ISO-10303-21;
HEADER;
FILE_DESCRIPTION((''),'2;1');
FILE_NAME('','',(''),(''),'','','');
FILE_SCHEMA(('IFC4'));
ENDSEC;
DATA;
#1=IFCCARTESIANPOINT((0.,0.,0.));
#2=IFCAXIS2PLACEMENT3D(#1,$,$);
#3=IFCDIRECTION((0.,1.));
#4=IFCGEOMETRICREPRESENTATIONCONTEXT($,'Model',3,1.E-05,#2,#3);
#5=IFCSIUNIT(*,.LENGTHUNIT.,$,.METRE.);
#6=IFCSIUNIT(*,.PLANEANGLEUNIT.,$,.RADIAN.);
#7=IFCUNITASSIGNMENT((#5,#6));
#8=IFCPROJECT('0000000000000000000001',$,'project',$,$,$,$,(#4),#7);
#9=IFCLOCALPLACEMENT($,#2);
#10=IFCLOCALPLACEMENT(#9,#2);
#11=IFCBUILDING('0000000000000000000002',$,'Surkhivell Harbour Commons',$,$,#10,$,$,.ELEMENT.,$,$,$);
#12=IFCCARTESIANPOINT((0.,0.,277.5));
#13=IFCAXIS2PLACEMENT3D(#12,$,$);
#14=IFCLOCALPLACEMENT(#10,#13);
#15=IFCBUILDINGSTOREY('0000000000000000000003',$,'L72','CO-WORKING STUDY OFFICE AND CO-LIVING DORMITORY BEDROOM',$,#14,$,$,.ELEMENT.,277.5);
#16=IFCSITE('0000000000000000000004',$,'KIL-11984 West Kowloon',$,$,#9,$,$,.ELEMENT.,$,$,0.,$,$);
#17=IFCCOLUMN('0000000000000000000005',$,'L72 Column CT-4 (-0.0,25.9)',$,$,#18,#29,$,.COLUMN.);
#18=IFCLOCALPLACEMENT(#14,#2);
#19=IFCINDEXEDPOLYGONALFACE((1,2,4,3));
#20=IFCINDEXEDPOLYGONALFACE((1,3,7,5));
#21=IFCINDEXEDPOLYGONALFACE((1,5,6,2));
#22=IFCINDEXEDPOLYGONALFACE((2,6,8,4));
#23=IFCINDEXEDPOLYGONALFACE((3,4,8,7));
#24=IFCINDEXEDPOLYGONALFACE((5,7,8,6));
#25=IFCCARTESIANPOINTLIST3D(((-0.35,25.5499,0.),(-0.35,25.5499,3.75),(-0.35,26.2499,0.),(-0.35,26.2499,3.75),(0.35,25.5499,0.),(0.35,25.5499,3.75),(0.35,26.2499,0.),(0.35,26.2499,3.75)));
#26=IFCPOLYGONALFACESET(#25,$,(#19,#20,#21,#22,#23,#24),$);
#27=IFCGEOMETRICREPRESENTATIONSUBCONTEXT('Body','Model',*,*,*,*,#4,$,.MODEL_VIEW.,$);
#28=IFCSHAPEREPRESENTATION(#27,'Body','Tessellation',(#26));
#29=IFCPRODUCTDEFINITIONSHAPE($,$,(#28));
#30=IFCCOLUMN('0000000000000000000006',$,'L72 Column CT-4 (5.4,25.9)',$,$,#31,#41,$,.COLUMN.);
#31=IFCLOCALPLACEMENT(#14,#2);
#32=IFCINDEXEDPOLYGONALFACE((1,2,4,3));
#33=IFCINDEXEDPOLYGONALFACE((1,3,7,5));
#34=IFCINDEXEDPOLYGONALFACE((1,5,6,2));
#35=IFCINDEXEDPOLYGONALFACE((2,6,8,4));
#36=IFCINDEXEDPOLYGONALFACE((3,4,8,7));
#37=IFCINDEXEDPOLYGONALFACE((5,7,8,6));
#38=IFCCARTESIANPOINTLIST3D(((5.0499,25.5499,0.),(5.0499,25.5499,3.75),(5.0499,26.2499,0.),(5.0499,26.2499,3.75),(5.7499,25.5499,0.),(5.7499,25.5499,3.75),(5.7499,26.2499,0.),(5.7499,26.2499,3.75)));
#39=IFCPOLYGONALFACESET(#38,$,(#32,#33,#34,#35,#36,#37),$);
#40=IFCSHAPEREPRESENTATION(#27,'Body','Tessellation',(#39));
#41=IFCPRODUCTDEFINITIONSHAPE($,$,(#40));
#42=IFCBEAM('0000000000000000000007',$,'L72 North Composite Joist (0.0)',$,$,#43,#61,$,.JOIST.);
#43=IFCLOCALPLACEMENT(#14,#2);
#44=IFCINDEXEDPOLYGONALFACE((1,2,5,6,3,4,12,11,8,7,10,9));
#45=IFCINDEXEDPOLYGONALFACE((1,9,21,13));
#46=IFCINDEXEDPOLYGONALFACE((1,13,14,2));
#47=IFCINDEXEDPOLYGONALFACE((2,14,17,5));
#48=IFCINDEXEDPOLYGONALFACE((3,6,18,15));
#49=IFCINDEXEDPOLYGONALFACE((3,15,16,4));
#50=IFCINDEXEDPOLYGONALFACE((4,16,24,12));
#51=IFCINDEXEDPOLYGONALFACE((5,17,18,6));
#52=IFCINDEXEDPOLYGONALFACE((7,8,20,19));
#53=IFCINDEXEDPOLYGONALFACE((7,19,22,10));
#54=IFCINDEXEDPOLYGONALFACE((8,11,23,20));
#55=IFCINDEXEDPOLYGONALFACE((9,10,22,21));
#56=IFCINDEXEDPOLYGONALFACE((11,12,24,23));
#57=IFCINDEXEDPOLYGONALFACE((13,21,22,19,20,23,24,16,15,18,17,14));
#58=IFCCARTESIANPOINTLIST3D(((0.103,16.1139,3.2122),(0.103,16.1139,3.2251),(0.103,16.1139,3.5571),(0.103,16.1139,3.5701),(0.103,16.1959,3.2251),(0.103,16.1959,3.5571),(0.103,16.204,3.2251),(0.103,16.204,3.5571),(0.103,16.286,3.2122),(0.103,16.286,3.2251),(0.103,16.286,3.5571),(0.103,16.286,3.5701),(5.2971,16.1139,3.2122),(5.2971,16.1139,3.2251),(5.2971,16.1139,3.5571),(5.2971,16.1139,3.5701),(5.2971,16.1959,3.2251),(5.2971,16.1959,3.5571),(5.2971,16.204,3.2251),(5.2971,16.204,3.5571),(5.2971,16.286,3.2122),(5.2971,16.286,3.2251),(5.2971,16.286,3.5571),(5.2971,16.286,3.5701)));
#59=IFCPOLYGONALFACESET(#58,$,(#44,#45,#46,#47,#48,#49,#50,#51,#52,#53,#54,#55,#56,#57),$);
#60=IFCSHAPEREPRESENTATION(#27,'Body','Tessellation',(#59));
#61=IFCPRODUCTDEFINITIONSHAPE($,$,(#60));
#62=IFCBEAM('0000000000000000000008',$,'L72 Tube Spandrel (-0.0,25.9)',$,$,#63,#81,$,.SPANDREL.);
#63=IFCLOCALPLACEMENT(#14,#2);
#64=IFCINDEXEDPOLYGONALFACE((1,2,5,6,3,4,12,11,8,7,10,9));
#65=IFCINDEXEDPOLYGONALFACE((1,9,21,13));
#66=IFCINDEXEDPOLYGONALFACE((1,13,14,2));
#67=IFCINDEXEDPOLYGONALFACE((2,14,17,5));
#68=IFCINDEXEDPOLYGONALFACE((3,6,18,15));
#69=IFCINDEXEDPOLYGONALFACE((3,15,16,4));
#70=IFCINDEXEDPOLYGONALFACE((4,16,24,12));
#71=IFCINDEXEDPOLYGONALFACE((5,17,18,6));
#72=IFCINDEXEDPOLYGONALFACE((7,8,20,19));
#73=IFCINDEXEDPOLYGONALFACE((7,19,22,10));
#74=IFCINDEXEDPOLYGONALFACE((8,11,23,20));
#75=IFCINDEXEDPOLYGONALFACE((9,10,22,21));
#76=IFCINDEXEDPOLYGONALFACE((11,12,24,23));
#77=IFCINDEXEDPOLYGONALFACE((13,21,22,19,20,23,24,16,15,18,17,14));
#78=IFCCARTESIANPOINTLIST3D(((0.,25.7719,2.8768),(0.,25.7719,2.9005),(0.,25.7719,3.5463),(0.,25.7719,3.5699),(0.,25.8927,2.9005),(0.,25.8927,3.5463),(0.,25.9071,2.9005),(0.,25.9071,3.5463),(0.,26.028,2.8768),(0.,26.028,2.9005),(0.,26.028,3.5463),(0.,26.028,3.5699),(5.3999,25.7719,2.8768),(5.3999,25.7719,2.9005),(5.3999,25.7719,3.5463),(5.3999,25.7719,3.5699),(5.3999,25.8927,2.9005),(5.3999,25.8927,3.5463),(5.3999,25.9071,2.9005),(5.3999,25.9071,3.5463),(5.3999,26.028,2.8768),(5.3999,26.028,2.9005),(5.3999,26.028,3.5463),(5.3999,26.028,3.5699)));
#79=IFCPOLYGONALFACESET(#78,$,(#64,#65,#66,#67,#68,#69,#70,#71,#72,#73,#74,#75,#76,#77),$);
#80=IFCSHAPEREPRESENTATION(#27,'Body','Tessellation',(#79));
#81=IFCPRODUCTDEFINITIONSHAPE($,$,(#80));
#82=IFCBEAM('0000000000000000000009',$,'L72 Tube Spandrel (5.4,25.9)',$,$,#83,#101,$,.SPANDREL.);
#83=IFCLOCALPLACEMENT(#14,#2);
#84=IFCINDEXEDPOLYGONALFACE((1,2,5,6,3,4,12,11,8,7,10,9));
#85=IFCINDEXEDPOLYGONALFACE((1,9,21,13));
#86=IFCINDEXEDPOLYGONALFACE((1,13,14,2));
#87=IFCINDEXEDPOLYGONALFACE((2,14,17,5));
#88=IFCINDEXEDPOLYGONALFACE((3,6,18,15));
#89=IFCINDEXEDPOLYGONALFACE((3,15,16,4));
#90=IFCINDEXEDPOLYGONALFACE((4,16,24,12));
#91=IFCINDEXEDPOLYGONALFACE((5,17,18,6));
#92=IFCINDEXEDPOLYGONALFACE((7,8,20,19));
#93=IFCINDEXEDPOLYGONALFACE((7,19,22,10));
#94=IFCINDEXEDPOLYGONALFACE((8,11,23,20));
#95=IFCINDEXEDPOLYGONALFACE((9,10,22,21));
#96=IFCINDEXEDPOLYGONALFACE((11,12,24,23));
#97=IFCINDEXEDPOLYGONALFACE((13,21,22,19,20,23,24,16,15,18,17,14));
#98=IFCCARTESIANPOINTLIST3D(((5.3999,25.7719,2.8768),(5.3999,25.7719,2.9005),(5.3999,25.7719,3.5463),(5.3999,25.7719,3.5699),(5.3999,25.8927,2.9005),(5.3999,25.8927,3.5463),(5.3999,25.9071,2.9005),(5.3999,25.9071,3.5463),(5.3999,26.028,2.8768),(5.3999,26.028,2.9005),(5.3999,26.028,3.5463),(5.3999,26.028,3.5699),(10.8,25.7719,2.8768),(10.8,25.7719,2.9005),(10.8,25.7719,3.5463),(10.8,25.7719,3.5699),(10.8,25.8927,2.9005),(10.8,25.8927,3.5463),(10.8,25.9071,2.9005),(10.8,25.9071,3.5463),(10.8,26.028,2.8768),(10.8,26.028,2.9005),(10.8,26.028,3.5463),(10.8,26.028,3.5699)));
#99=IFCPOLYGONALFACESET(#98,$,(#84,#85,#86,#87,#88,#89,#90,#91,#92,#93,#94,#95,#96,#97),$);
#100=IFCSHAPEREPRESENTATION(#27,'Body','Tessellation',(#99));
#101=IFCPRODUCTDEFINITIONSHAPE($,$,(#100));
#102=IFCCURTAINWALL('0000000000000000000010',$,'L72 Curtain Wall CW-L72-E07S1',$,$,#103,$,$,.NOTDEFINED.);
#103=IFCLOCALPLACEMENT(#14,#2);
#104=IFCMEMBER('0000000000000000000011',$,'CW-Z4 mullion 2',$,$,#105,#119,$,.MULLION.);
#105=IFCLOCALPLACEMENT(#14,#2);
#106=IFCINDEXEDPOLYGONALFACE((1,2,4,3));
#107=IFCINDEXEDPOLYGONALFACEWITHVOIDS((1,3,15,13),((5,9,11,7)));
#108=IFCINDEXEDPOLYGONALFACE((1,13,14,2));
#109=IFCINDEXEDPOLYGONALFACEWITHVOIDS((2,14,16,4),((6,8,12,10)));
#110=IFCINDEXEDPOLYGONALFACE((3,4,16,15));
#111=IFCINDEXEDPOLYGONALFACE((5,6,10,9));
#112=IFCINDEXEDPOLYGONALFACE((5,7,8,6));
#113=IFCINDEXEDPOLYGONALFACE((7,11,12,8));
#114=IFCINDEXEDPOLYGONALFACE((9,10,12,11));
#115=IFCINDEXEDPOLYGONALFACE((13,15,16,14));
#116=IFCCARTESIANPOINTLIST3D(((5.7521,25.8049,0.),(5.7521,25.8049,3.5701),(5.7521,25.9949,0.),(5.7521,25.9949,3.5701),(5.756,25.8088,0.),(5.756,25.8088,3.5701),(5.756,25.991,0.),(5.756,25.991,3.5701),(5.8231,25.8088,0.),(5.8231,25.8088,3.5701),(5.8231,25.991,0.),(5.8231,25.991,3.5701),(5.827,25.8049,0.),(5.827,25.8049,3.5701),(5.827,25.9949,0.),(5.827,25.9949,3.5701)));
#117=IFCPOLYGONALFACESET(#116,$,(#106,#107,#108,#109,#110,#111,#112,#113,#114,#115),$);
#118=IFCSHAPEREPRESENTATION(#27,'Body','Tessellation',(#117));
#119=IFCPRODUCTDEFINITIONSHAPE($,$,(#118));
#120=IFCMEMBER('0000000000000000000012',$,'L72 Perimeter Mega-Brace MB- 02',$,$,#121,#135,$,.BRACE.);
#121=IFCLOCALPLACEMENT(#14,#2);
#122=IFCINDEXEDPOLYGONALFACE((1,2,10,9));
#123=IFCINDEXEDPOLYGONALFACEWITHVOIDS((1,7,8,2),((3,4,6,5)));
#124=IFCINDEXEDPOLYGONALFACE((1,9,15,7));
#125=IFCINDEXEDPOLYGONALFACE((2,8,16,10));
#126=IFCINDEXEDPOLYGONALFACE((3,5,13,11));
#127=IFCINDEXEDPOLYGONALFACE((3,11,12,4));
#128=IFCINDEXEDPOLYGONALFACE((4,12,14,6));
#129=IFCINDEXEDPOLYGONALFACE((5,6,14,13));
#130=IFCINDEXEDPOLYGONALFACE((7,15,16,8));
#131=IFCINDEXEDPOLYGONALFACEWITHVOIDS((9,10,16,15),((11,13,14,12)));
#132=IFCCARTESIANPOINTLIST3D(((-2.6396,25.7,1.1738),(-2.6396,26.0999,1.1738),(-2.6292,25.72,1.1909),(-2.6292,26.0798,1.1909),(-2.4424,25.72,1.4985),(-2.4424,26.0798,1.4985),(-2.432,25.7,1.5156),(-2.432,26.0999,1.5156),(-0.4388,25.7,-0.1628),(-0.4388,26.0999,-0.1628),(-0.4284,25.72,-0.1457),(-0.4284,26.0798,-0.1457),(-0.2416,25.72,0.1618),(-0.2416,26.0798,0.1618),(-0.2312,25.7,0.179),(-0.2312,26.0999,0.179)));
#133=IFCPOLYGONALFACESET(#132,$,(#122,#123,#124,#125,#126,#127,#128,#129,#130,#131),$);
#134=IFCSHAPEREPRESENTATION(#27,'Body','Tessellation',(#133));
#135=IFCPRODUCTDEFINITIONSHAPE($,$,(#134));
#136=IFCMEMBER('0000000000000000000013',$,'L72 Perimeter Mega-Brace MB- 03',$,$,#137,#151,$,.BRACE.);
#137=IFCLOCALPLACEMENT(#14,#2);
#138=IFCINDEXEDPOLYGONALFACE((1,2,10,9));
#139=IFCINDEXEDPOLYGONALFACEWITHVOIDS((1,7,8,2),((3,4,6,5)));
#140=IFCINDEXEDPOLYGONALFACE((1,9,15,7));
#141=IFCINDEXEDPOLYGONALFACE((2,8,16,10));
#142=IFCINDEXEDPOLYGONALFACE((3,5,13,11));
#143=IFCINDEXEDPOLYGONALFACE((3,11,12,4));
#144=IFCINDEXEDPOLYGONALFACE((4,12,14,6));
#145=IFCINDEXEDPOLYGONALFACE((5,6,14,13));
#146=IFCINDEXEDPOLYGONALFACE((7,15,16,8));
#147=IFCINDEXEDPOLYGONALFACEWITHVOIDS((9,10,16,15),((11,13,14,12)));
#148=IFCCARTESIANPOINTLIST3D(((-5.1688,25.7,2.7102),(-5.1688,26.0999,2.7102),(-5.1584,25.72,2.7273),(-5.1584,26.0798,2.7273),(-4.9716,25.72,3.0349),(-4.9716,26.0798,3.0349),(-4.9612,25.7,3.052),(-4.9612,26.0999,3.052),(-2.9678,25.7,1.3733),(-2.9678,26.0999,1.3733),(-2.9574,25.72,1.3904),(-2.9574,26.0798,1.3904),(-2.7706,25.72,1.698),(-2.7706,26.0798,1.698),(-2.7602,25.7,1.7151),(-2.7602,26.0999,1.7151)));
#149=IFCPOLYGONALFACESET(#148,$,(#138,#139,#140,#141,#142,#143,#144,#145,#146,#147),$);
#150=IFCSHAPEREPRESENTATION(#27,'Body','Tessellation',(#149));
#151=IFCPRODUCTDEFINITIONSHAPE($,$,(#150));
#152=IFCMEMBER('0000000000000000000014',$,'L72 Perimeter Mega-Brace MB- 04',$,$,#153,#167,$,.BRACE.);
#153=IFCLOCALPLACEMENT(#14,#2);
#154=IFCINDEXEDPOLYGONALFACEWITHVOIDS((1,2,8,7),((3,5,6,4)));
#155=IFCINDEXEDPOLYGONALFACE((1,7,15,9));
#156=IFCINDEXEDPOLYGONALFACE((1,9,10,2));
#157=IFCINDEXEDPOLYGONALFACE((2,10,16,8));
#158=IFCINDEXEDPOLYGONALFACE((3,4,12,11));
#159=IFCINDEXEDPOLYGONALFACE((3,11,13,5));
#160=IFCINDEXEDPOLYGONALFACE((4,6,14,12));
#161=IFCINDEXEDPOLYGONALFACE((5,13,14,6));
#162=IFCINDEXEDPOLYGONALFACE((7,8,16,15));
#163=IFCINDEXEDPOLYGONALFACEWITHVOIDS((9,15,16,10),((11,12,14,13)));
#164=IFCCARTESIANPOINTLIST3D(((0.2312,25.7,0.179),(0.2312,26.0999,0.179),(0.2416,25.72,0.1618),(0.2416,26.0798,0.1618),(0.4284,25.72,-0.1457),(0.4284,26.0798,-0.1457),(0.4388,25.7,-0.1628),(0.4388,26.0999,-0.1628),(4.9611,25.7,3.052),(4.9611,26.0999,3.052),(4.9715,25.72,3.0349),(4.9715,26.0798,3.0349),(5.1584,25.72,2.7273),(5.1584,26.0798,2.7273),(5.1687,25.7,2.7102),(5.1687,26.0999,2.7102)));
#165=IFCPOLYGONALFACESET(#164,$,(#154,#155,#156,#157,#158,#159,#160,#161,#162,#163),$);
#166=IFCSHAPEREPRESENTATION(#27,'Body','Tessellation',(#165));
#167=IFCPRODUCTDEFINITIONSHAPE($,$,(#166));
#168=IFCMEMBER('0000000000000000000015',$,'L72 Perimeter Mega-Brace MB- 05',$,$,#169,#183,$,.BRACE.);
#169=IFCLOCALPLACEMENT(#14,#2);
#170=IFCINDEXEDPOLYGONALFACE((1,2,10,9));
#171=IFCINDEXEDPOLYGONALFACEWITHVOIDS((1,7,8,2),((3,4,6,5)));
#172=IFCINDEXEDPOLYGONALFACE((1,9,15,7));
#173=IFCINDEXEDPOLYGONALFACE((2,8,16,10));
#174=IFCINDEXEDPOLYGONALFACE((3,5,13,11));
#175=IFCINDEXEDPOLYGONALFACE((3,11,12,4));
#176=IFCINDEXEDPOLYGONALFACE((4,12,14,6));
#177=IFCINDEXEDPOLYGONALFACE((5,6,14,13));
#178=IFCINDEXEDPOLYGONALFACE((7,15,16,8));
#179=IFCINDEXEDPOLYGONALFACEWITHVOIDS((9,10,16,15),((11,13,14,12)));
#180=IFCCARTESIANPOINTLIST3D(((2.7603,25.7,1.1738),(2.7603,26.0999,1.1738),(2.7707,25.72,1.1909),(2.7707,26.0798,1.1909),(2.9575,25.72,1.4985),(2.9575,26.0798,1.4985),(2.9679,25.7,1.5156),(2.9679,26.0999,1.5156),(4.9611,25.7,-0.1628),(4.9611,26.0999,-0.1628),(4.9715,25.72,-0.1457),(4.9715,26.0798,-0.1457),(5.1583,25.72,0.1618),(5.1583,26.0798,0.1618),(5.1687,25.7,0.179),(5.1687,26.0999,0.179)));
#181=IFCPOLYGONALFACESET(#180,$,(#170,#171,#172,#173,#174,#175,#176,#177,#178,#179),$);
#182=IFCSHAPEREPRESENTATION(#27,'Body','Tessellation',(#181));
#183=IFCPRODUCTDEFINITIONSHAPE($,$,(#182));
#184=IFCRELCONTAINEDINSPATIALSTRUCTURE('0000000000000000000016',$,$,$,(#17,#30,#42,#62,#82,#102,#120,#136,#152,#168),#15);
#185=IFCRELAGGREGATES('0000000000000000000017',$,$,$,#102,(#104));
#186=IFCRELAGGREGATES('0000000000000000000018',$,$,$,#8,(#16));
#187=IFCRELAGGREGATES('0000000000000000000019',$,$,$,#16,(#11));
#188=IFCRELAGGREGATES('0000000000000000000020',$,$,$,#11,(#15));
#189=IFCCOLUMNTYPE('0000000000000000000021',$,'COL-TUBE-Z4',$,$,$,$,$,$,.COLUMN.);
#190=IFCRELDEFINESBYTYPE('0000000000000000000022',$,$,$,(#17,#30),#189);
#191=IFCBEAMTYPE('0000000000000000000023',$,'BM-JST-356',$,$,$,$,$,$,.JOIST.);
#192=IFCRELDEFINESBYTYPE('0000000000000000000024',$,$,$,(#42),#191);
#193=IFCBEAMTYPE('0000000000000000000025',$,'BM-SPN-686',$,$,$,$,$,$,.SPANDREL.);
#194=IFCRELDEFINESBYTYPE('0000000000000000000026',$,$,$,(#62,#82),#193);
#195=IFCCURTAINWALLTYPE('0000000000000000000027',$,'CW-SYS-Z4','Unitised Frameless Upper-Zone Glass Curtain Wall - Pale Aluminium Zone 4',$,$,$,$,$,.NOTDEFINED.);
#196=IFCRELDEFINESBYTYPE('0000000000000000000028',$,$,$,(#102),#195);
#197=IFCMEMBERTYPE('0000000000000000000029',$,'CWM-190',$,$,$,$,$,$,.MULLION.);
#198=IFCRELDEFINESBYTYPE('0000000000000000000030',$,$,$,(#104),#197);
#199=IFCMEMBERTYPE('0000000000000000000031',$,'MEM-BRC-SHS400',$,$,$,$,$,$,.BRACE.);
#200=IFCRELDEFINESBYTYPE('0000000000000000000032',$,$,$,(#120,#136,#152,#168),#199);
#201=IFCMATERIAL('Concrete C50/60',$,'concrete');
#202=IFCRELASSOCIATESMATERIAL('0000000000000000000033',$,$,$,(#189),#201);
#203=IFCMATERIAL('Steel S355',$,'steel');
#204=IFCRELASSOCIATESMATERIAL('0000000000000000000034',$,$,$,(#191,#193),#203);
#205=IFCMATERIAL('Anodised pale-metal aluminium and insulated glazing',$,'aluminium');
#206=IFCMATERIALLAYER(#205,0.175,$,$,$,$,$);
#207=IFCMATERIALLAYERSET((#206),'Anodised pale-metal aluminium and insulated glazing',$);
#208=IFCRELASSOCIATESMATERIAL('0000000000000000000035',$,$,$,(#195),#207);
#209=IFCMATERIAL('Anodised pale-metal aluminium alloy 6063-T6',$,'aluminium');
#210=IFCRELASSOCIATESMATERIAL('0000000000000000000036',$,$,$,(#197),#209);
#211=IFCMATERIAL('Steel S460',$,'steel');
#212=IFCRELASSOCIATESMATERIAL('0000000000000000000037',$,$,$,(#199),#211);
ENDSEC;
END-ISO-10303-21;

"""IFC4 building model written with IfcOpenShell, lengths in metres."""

from ifc_helpers import new_model, si_unit, direction, frame, origin, origin_2d, place, context, subcontext, project, spatial, rectangle, hollow_rectangle, i_section, extrude, material, layer, layer_set, material_profile, profile_set, type_object, element, aggregate, save


model = new_model("IFC4")

# Units and contexts
model_context = context("Model", 3, precision=1e-05, world=origin(), true_north=direction((0.0, 1.0)))
body_context = subcontext(model_context, "Body", "Model", "MODEL_VIEW")
ifc_project = project(units=[si_unit("LENGTHUNIT", "METRE"), si_unit("PLANEANGLEUNIT", "RADIAN")], contexts=[model_context])

# Site, building, storey
site_placement = place(None, origin())
site = spatial("IfcSite", under=ifc_project, at=site_placement, Name="KIL-11984 West Kowloon", CompositionType="ELEMENT", RefElevation=0.0)
building_placement = place(site_placement, origin())
building = spatial("IfcBuilding", under=site, at=building_placement, Name="Surkhivell Harbour Commons", CompositionType="ELEMENT")
storey_placement = place(building_placement, frame((0.0, 0.0, 277.5)))
storey = spatial("IfcBuildingStorey", under=building, at=storey_placement, Name="L72", Description="CO-WORKING STUDY OFFICE AND CO-LIVING DORMITORY BEDROOM", CompositionType="ELEMENT", Elevation=277.5)

# Columns
ifc_material_1 = material(Name="Concrete C50/60", Category="concrete")
ifc_material_profile_1 = material_profile(ifc_material_1, rectangle(XDim=0.7, YDim=0.7, at=origin_2d()), Name="RC-COL-700x700")
ifc_profile_set_1 = profile_set([ifc_material_profile_1], Name="Concrete C50/60")
column_type = type_object("IfcColumnType", Name="COL-TUBE-Z4", PredefinedType="COLUMN", material=ifc_profile_set_1)
for number, where, z_axis, x_axis, name in (
    (1, (0.0, 25.8999, 0.0), (0.0, 0.0, 1.0), (1.0, 0.0, 0.0), "L72 Column CT-4 (-0.0,25.9)"),
    (2, (5.3999, 25.8999, 0.0), (0.0, 0.0, 1.0), (1.0, 0.0, 0.0), "L72 Column CT-4 (5.4,25.9)"),
):
    element("IfcColumn", number, at=place(storey_placement, frame(where, z_axis=z_axis, x_axis=x_axis)), inside=storey, type_object=column_type, Name=name, PredefinedType="COLUMN", context=body_context, shape_type="SweptSolid", body=[
        extrude(rectangle(XDim=0.7, YDim=0.7, at=origin_2d()), origin(), (0.0, 0.0, 1.0), 3.75),
    ])

# Beams
ifc_material_2 = material(Name="Steel S355", Category="steel")
ifc_material_profile_2 = material_profile(ifc_material_2, i_section(OverallWidth=0.1721, OverallDepth=0.3579, WebThickness=0.0081, FlangeThickness=0.0129, at=origin_2d()), Name="UB356x171x57")
ifc_profile_set_2 = profile_set([ifc_material_profile_2], Name="Steel S355")
beam_type_1 = type_object("IfcBeamType", Name="BM-JST-356", PredefinedType="JOIST", material=ifc_profile_set_2)
beam_1_placement = place(storey_placement, frame((0.103, 16.2, 3.3911), z_axis=(1.0, 0.0, 0.0), x_axis=(0.0, 1.0, 0.0)))
element("IfcBeam", 3, at=beam_1_placement, inside=storey, type_object=beam_type_1, Name="L72 North Composite Joist (0.0)", PredefinedType="JOIST", context=body_context, shape_type="SweptSolid", body=[
    extrude(i_section(OverallWidth=0.1721, OverallDepth=0.3579, WebThickness=0.0081, FlangeThickness=0.0129, at=origin_2d()), origin(), (0.0, 0.0, 1.0), 5.1941),
])
ifc_material_profile_3 = material_profile(ifc_material_2, i_section(OverallWidth=0.2561, OverallDepth=0.6931, WebThickness=0.0144, FlangeThickness=0.0237, at=origin_2d()), Name="UB686x254x170")
ifc_profile_set_3 = profile_set([ifc_material_profile_3], Name="Steel S355")
beam_type_2 = type_object("IfcBeamType", Name="BM-SPN-686", PredefinedType="SPANDREL", material=ifc_profile_set_3)
beam_2_placement = place(storey_placement, frame((0.0, 25.8999, 3.2234), z_axis=(1.0, 0.0, 0.0), x_axis=(0.0, 1.0, 0.0)))
element("IfcBeam", 4, at=beam_2_placement, inside=storey, type_object=beam_type_2, Name="L72 Tube Spandrel (-0.0,25.9)", PredefinedType="SPANDREL", context=body_context, shape_type="SweptSolid", body=[
    extrude(i_section(OverallWidth=0.2561, OverallDepth=0.6931, WebThickness=0.0144, FlangeThickness=0.0237, at=origin_2d()), origin(), (0.0, 0.0, 1.0), 5.3999),
])
beam_3_placement = place(storey_placement, frame((5.3999, 25.8999, 3.2234), z_axis=(1.0, 0.0, 0.0), x_axis=(0.0, 1.0, 0.0)))
element("IfcBeam", 5, at=beam_3_placement, inside=storey, type_object=beam_type_2, Name="L72 Tube Spandrel (5.4,25.9)", PredefinedType="SPANDREL", context=body_context, shape_type="SweptSolid", body=[
    extrude(i_section(OverallWidth=0.2561, OverallDepth=0.6931, WebThickness=0.0144, FlangeThickness=0.0237, at=origin_2d()), origin(), (0.0, 0.0, 1.0), 5.4001),
])

# Curtain wall, member
ifc_material_3 = material(Name="Anodised pale-metal aluminium and insulated glazing", Category="aluminium")
ifc_layer_1 = layer(ifc_material_3, 0.175)
ifc_layer_set_1 = layer_set([ifc_layer_1], Name="Anodised pale-metal aluminium and insulated glazing")
curtain_wall_type = type_object("IfcCurtainWallType", Name="CW-SYS-Z4", Description="Unitised Frameless Upper-Zone Glass Curtain Wall - Pale Aluminium Zone 4", PredefinedType="NOTDEFINED", material=ifc_layer_set_1)
curtain_wall_placement = place(storey_placement, origin())
curtain_wall = element("IfcCurtainWall", 6, at=curtain_wall_placement, inside=storey, type_object=curtain_wall_type, Name="L72 Curtain Wall CW-L72-E07S1", PredefinedType="NOTDEFINED")
ifc_material_4 = material(Name="Anodised pale-metal aluminium alloy 6063-T6", Category="aluminium")
ifc_material_profile_4 = material_profile(ifc_material_4, hollow_rectangle(XDim=0.075, YDim=0.1899, WallThickness=0.0039, at=origin_2d()), Name="ALU-MULL-75x190")
ifc_profile_set_4 = profile_set([ifc_material_profile_4], Name="Anodised pale-metal aluminium alloy 6063-T6")
member_type_1 = type_object("IfcMemberType", Name="CWM-190", PredefinedType="MULLION", material=ifc_profile_set_4)
member_1_placement = place(storey_placement, frame((5.7896, 25.8999, 0.0), z_axis=(0.0, 0.0, 1.0), x_axis=(-1.0, 0.0, 0.0)))
member_1 = element("IfcMember", 7, at=member_1_placement, type_object=member_type_1, Name="CW-Z4 mullion 2", PredefinedType="MULLION", context=body_context, shape_type="SweptSolid", body=[
    extrude(hollow_rectangle(XDim=0.075, YDim=0.1899, WallThickness=0.0039, at=origin_2d()), origin(), (0.0, 0.0, 1.0), 3.5701),
])
aggregate(curtain_wall, [member_1])

# Members
ifc_material_5 = material(Name="Steel S460", Category="steel")
ifc_material_profile_5 = material_profile(ifc_material_5, hollow_rectangle(XDim=0.3999, YDim=0.3999, WallThickness=0.02, at=origin_2d()), Name="SHS400x400x20")
ifc_profile_set_5 = profile_set([ifc_material_profile_5], Name="Steel S460")
member_type_2 = type_object("IfcMemberType", Name="MEM-BRC-SHS400", PredefinedType="BRACE", material=ifc_profile_set_5)
member_2_placement = place(storey_placement, frame((-0.335, 25.8999, 0.0081), z_axis=(-0.85472, 0.0, 0.519089), x_axis=(0.0, -1.0, 0.0)))
element("IfcMember", 8, at=member_2_placement, inside=storey, type_object=member_type_2, Name="L72 Perimeter Mega-Brace MB- 02", PredefinedType="BRACE", context=body_context, shape_type="SweptSolid", body=[
    extrude(hollow_rectangle(XDim=0.3999, YDim=0.3999, WallThickness=0.02, at=origin_2d()), origin(), (0.0, 0.0, 1.0), 2.575),
])
member_3_placement = place(storey_placement, frame((-2.864, 25.8999, 1.5442), z_axis=(-0.854678, 0.0, 0.519159), x_axis=(0.0, -1.0, 0.0)))
element("IfcMember", 9, at=member_3_placement, inside=storey, type_object=member_type_2, Name="L72 Perimeter Mega-Brace MB- 03", PredefinedType="BRACE", context=body_context, shape_type="SweptSolid", body=[
    extrude(hollow_rectangle(XDim=0.3999, YDim=0.3999, WallThickness=0.02, at=origin_2d()), origin(), (0.0, 0.0, 1.0), 2.5752),
])
member_4_placement = place(storey_placement, frame((0.335, 25.8999, 0.0081), z_axis=(0.854685, 0.0, 0.519146), x_axis=(0.0, 1.0, 0.0)))
element("IfcMember", 10, at=member_4_placement, inside=storey, type_object=member_type_2, Name="L72 Perimeter Mega-Brace MB- 04", PredefinedType="BRACE", context=body_context, shape_type="SweptSolid", body=[
    extrude(hollow_rectangle(XDim=0.3999, YDim=0.3999, WallThickness=0.02, at=origin_2d()), origin(), (0.0, 0.0, 1.0), 5.5342),
])
member_5_placement = place(storey_placement, frame((5.0649, 25.8999, 0.0081), z_axis=(-0.85472, 0.0, 0.519089), x_axis=(0.0, -1.0, 0.0)))
element("IfcMember", 11, at=member_5_placement, inside=storey, type_object=member_type_2, Name="L72 Perimeter Mega-Brace MB- 05", PredefinedType="BRACE", context=body_context, shape_type="SweptSolid", body=[
    extrude(hollow_rectangle(XDim=0.3999, YDim=0.3999, WallThickness=0.02, at=origin_2d()), origin(), (0.0, 0.0, 1.0), 2.575),
])

save(model, "model.ifc")
